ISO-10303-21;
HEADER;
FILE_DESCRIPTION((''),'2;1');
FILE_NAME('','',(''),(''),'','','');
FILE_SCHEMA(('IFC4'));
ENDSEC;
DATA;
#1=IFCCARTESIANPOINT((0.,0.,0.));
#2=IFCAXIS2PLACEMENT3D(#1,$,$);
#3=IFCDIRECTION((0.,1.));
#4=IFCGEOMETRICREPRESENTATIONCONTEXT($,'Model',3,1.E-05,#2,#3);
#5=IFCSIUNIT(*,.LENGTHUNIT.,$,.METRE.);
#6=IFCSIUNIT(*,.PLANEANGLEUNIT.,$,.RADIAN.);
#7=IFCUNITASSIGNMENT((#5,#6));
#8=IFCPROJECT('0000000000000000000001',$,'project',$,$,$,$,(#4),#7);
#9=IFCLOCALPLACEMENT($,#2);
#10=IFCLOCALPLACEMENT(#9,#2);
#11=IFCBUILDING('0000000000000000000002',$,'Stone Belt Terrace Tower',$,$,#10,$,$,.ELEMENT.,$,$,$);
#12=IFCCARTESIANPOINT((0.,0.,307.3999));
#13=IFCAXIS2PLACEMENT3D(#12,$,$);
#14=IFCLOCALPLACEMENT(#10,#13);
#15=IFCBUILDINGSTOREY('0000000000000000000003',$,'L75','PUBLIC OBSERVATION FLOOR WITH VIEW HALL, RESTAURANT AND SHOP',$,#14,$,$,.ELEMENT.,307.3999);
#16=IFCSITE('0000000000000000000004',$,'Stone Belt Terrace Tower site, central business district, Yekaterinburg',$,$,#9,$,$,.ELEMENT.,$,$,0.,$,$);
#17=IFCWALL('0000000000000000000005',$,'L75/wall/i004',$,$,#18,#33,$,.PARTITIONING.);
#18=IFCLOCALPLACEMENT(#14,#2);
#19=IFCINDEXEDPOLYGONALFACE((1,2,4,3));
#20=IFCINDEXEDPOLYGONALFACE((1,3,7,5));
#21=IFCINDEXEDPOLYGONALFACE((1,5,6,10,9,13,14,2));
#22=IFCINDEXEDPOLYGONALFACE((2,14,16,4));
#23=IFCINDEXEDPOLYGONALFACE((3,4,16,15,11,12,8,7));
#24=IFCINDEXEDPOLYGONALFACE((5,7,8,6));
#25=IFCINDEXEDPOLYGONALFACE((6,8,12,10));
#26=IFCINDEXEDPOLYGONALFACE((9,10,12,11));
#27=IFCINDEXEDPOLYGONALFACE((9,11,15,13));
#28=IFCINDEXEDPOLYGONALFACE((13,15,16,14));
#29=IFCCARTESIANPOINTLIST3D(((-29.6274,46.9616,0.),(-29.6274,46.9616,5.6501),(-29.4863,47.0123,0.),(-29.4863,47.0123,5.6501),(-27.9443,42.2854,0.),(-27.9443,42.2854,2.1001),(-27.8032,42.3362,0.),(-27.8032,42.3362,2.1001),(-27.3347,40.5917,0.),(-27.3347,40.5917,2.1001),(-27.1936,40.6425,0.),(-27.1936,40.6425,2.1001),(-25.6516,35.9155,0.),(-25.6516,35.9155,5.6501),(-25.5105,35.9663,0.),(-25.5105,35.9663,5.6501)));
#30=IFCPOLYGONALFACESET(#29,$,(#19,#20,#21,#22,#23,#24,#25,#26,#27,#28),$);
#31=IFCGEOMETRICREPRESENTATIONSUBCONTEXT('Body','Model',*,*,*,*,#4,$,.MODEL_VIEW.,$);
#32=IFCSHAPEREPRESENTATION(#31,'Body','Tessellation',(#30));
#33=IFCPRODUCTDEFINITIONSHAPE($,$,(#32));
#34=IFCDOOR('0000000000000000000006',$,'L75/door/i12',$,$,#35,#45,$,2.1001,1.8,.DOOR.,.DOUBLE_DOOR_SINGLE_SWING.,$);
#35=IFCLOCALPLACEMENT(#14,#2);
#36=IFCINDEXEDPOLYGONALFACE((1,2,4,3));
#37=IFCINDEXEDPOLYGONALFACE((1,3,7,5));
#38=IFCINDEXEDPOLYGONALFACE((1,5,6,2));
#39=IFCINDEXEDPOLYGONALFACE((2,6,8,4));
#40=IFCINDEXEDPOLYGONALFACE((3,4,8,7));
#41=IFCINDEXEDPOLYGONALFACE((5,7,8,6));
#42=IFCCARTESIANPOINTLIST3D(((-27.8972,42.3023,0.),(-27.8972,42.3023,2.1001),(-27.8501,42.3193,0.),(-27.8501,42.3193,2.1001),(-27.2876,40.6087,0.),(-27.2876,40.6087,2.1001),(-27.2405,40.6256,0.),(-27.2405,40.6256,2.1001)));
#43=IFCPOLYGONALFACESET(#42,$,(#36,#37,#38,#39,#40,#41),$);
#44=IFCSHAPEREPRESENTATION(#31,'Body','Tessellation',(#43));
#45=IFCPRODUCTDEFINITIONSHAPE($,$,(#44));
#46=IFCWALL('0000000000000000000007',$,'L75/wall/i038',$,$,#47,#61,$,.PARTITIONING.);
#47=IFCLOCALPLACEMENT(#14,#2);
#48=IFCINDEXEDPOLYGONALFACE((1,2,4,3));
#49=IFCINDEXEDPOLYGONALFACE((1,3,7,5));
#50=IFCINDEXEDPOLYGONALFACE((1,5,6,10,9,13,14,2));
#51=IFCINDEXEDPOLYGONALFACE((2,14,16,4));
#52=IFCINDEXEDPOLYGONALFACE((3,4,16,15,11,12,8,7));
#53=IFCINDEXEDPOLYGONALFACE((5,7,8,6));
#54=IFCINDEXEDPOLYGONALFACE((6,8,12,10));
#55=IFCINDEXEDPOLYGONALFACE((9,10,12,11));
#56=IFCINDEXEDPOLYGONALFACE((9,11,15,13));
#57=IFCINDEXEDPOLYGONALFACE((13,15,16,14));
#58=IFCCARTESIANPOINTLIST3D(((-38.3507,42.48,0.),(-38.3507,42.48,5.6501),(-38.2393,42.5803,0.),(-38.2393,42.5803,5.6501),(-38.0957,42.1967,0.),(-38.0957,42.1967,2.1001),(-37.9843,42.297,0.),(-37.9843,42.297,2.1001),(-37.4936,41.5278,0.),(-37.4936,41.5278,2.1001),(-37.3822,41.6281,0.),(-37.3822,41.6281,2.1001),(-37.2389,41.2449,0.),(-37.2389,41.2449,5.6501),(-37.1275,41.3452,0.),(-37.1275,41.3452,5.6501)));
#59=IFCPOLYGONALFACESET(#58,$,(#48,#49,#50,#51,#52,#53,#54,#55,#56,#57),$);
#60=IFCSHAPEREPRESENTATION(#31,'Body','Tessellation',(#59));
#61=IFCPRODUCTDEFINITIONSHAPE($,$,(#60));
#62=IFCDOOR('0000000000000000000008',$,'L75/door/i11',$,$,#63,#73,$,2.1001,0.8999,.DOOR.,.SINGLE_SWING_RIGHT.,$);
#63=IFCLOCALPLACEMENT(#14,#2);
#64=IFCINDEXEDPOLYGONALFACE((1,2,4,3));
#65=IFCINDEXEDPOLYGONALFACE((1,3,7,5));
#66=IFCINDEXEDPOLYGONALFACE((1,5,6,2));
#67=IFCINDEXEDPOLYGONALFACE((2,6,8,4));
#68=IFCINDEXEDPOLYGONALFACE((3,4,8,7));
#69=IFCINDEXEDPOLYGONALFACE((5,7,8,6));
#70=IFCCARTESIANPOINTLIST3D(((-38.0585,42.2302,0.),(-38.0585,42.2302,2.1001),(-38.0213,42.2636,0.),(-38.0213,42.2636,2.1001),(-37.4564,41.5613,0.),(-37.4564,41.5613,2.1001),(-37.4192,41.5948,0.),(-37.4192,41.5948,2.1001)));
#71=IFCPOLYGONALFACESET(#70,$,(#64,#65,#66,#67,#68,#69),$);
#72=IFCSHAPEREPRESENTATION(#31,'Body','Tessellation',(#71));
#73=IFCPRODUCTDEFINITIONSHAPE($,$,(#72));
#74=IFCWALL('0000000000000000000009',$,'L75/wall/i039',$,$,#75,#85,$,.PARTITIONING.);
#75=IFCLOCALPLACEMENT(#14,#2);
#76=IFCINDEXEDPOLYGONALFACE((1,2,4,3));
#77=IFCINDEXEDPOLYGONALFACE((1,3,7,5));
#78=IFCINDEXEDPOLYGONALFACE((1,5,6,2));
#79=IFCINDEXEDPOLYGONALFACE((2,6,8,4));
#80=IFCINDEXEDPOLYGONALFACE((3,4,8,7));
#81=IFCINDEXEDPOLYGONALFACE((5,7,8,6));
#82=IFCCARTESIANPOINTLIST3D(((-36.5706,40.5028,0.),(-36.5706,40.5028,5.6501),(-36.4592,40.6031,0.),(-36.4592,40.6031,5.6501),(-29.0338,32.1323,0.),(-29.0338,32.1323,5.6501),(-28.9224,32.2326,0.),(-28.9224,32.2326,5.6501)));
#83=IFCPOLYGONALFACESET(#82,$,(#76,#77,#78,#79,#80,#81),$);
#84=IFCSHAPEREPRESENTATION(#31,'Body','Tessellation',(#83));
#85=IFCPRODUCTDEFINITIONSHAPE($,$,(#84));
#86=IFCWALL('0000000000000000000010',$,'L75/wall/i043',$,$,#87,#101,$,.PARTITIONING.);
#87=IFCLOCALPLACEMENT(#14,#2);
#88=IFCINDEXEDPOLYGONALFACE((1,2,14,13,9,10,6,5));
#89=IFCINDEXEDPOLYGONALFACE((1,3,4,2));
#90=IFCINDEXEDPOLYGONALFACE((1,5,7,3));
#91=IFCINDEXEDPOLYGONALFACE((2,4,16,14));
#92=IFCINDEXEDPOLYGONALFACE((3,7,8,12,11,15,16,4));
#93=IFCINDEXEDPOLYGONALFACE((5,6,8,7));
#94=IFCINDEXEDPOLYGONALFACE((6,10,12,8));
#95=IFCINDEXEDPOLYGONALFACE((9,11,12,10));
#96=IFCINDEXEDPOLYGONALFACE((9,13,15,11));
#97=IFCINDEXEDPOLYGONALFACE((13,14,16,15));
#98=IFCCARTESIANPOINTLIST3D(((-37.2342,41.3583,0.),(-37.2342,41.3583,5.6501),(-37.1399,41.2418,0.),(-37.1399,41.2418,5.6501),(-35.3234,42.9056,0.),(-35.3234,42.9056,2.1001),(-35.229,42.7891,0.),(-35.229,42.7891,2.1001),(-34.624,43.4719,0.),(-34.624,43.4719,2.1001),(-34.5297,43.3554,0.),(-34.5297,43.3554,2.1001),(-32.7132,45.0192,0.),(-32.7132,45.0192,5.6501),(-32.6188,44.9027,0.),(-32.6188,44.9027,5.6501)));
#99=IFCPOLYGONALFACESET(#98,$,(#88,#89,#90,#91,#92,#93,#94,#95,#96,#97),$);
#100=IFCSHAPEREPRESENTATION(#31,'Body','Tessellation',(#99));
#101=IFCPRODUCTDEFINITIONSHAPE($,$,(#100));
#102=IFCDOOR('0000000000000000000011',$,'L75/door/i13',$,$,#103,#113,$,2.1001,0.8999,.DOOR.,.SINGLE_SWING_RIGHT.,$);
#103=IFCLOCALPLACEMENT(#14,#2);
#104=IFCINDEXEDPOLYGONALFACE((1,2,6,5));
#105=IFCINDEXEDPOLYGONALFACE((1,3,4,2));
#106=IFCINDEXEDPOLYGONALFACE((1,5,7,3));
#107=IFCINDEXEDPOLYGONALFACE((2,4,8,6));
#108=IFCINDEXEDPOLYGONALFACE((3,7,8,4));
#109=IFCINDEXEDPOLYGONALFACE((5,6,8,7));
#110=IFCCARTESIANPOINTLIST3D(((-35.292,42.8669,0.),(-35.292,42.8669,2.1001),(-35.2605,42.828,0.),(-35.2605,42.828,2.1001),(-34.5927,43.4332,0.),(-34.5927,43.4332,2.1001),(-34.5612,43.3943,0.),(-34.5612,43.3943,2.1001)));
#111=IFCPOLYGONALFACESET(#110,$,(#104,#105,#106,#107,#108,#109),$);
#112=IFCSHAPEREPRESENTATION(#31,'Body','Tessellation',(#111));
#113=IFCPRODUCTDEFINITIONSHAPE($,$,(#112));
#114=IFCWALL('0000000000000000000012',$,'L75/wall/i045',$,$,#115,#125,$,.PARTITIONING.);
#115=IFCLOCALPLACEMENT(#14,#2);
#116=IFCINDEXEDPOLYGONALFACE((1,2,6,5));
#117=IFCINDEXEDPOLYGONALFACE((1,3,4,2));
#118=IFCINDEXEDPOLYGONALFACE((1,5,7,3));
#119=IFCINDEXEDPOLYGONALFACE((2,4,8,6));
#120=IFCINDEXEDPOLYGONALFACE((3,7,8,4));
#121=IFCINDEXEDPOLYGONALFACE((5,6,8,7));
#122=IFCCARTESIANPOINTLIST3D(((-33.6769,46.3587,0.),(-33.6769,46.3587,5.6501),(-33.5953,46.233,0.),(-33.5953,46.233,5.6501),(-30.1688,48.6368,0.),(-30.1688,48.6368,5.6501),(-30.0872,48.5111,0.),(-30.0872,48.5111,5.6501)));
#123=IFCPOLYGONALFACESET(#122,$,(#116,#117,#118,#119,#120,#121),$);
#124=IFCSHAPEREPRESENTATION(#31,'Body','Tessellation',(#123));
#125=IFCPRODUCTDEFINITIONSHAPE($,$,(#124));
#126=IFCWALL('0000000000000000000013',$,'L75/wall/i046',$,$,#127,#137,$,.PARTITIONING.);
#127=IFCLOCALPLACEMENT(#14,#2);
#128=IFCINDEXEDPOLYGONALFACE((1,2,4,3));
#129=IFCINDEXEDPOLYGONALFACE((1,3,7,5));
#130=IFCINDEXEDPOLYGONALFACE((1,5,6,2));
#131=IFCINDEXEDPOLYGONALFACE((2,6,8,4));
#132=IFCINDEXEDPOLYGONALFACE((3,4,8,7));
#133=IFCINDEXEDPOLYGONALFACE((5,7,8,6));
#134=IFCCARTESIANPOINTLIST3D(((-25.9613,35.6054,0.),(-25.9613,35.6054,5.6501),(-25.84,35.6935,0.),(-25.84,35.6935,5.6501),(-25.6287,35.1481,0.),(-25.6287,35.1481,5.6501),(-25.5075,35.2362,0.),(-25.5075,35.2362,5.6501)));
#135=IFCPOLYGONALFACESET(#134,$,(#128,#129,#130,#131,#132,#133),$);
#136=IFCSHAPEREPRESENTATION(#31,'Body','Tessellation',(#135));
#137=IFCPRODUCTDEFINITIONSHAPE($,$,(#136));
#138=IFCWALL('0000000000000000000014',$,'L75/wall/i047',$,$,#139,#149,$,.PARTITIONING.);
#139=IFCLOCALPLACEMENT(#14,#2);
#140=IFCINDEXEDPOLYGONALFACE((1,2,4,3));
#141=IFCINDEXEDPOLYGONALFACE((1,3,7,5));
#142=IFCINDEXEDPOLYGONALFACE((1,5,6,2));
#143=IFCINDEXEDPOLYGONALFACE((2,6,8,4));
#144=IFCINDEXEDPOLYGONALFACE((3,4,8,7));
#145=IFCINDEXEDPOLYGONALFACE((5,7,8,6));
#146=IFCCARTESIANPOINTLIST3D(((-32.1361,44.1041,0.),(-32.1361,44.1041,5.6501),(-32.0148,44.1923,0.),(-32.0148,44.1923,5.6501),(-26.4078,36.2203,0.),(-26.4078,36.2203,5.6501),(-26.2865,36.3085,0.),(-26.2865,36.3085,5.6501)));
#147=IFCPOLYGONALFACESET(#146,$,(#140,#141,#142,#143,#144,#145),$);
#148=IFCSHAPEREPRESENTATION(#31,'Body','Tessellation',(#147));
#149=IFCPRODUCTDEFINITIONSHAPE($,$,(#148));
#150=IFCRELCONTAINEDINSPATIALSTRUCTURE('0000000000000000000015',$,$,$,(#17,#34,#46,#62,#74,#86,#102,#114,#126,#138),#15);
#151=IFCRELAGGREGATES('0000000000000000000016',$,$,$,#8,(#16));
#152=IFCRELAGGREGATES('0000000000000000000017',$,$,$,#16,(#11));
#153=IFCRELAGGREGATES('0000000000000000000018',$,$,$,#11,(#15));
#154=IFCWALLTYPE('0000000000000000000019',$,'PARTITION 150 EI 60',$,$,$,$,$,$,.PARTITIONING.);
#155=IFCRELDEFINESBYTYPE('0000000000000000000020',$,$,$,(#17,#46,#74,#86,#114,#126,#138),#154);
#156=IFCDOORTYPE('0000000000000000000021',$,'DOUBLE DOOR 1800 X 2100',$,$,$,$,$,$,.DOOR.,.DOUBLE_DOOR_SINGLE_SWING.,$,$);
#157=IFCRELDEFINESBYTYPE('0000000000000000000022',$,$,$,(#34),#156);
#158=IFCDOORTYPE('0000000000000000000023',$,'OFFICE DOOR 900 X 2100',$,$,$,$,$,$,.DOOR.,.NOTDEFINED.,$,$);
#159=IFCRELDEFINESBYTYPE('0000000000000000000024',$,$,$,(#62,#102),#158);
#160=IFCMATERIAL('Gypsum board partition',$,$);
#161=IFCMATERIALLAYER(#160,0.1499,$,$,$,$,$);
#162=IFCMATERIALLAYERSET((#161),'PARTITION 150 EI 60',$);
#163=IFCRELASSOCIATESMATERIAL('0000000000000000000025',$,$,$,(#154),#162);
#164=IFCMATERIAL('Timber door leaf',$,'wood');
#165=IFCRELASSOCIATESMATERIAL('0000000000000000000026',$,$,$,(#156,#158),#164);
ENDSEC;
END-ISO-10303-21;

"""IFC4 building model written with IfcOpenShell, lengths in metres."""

from ifc_helpers import new_model, si_unit, direction, frame, frame_2d, origin, place, context, subcontext, project, spatial, rectangle, extrude, material, layer, layer_set, type_object, element, fill, save


model = new_model("IFC4")

# Units and contexts
model_context = context("Model", 3, precision=1e-05, world=origin(), true_north=direction((0.0, 1.0)))
body_context = subcontext(model_context, "Body", "Model", "MODEL_VIEW")
ifc_project = project(units=[si_unit("LENGTHUNIT", "METRE"), si_unit("PLANEANGLEUNIT", "RADIAN")], contexts=[model_context])

# Site, building, storey
site_placement = place(None, origin())
site = spatial("IfcSite", under=ifc_project, at=site_placement, Name="Stone Belt Terrace Tower site, central business district, Yekaterinburg", CompositionType="ELEMENT", RefElevation=0.0)
building_placement = place(site_placement, origin())
building = spatial("IfcBuilding", under=site, at=building_placement, Name="Stone Belt Terrace Tower", CompositionType="ELEMENT")
storey_placement = place(building_placement, frame((0.0, 0.0, 307.3999)))
storey = spatial("IfcBuildingStorey", under=building, at=storey_placement, Name="L75", Description="PUBLIC OBSERVATION FLOOR WITH VIEW HALL, RESTAURANT AND SHOP", CompositionType="ELEMENT", Elevation=307.3999)

# Shared definitions
ifc_material_1 = material(Name="Timber door leaf", Category="wood")

# Walls, openings, doors
ifc_material_2 = material(Name="Gypsum board partition")
ifc_layer_1 = layer(ifc_material_2, 0.1499)
ifc_layer_set_1 = layer_set([ifc_layer_1], Name="PARTITION 150 EI 60")
wall_type_1 = type_object("IfcWallType", Name="PARTITION 150 EI 60", PredefinedType="PARTITIONING", material=ifc_layer_set_1)
wall_1_placement = place(storey_placement, frame((-25.5811, 35.9409, 0.0), z_axis=(0.0, 0.0, 1.0), x_axis=(-0.338661, 0.940909, 0.0)))
wall_1 = element("IfcWall", 1, at=wall_1_placement, inside=storey, type_object=wall_type_1, Name="L75/wall/i004", PredefinedType="PARTITIONING", context=body_context, shape_type="SweptSolid", body=[
    extrude(rectangle(XDim=11.7397, YDim=0.1499, at=frame_2d((5.8699, 0.0))), origin(), (0.0, 0.0, 1.0), 5.6501),
])
opening_1_placement = place(wall_1_placement, frame((4.97, 0.0, 0.0)))
opening_1 = element("IfcOpeningElement", 2, at=opening_1_placement, cuts=wall_1, PredefinedType="OPENING", context=body_context, shape_type="SweptSolid", body=[
    extrude(rectangle(XDim=1.8, YDim=2.1001, at=frame_2d((0.8999, 1.05))), frame((0.0, 0.085, 0.0), z_axis=(0.0, -1.0, 0.0), x_axis=(1.0, 0.0, 0.0)), (0.0, 0.0, 1.0), 0.1699),
])
door_type_1 = type_object("IfcDoorType", Name="DOUBLE DOOR 1800 X 2100", OperationType="DOUBLE_DOOR_SINGLE_SWING", PredefinedType="DOOR", material=ifc_material_1)
door_1_placement = place(opening_1_placement, origin())
door_1 = element("IfcDoor", 3, at=door_1_placement, inside=storey, type_object=door_type_1, Name="L75/door/i12", OperationType="DOUBLE_DOOR_SINGLE_SWING", OverallHeight=2.1001, OverallWidth=1.8, PredefinedType="DOOR", context=body_context, shape_type="SweptSolid", body=[
    extrude(rectangle(XDim=1.8, YDim=2.1001, at=frame_2d((0.8999, 1.05))), frame((0.0, 0.0249, 0.0), z_axis=(0.0, -1.0, 0.0), x_axis=(1.0, 0.0, 0.0)), (0.0, 0.0, 1.0), 0.05),
])
fill(opening_1, door_1)
wall_2_placement = place(storey_placement, frame((-37.1831, 41.2949, 0.0), z_axis=(0.0, 0.0, 1.0), x_axis=(-0.669038, 0.743228, 0.0)))
wall_2 = element("IfcWall", 4, at=wall_2_placement, inside=storey, type_object=wall_type_1, Name="L75/wall/i038", PredefinedType="PARTITIONING", context=body_context, shape_type="SweptSolid", body=[
    extrude(rectangle(XDim=1.6619, YDim=0.1499, at=frame_2d((0.8311, 0.0))), origin(), (0.0, 0.0, 1.0), 5.6501),
])
opening_2_placement = place(wall_2_placement, frame((0.3809, 0.0, 0.0)))
opening_2 = element("IfcOpeningElement", 5, at=opening_2_placement, cuts=wall_2, PredefinedType="OPENING", context=body_context, shape_type="SweptSolid", body=[
    extrude(rectangle(XDim=0.8999, YDim=2.1001, at=frame_2d((0.45, 1.05))), frame((0.0, 0.085, 0.0), z_axis=(0.0, -1.0, 0.0), x_axis=(1.0, 0.0, 0.0)), (0.0, 0.0, 1.0), 0.1699),
])
door_type_2 = type_object("IfcDoorType", Name="OFFICE DOOR 900 X 2100", OperationType="NOTDEFINED", PredefinedType="DOOR", material=ifc_material_1)
door_2_placement = place(opening_2_placement, origin())
door_2 = element("IfcDoor", 6, at=door_2_placement, inside=storey, type_object=door_type_2, Name="L75/door/i11", OperationType="SINGLE_SWING_RIGHT", OverallHeight=2.1001, OverallWidth=0.8999, PredefinedType="DOOR", context=body_context, shape_type="SweptSolid", body=[
    extrude(rectangle(XDim=0.8999, YDim=2.1001, at=frame_2d((0.45, 1.05))), frame((0.0, 0.0249, 0.0), z_axis=(0.0, -1.0, 0.0), x_axis=(1.0, 0.0, 0.0)), (0.0, 0.0, 1.0), 0.05),
])
fill(opening_2, door_2)

# Wall
wall_3_placement = place(storey_placement, frame((-36.5149, 40.553, 0.0), z_axis=(0.0, 0.0, 1.0), x_axis=(0.669128, -0.743148, 0.0)))
element("IfcWall", 7, at=wall_3_placement, inside=storey, type_object=wall_type_1, Name="L75/wall/i039", PredefinedType="PARTITIONING", context=body_context, shape_type="SweptSolid", body=[
    extrude(rectangle(XDim=11.2637, YDim=0.1499, at=frame_2d((5.6318, 0.0))), origin(), (0.0, 0.0, 1.0), 5.6501),
])

# Wall, opening, door
wall_4_placement = place(storey_placement, frame((-32.666, 44.9609, 0.0), z_axis=(0.0, 0.0, 1.0), x_axis=(-0.777158, -0.629306, 0.0)))
wall_4 = element("IfcWall", 8, at=wall_4_placement, inside=storey, type_object=wall_type_1, Name="L75/wall/i043", PredefinedType="PARTITIONING", context=body_context, shape_type="SweptSolid", body=[
    extrude(rectangle(XDim=5.8174, YDim=0.1499, at=frame_2d((2.9087, 0.0))), origin(), (0.0, 0.0, 1.0), 5.6501),
])
opening_3_placement = place(wall_4_placement, frame((2.4587, 0.0, 0.0)))
opening_3 = element("IfcOpeningElement", 9, at=opening_3_placement, cuts=wall_4, PredefinedType="OPENING", context=body_context, shape_type="SweptSolid", body=[
    extrude(rectangle(XDim=0.8999, YDim=2.1001, at=frame_2d((0.45, 1.05))), frame((0.0, 0.085, 0.0), z_axis=(0.0, -1.0, 0.0), x_axis=(1.0, 0.0, 0.0)), (0.0, 0.0, 1.0), 0.1699),
])
door_3_placement = place(opening_3_placement, origin())
door_3 = element("IfcDoor", 10, at=door_3_placement, inside=storey, type_object=door_type_2, Name="L75/door/i13", OperationType="SINGLE_SWING_RIGHT", OverallHeight=2.1001, OverallWidth=0.8999, PredefinedType="DOOR", context=body_context, shape_type="SweptSolid", body=[
    extrude(rectangle(XDim=0.8999, YDim=2.1001, at=frame_2d((0.45, 1.05))), frame((0.0, 0.0249, 0.0), z_axis=(0.0, -1.0, 0.0), x_axis=(1.0, 0.0, 0.0)), (0.0, 0.0, 1.0), 0.05),
])
fill(opening_3, door_3)

# Walls
wall_5_placement = place(storey_placement, frame((-33.636, 46.2959, 0.0), z_axis=(0.0, 0.0, 1.0), x_axis=(0.83868, 0.544625, 0.0)))
element("IfcWall", 11, at=wall_5_placement, inside=storey, type_object=wall_type_1, Name="L75/wall/i045", PredefinedType="PARTITIONING", context=body_context, shape_type="SweptSolid", body=[
    extrude(rectangle(XDim=4.1829, YDim=0.1499, at=frame_2d((2.0913, 0.0))), origin(), (0.0, 0.0, 1.0), 5.6501),
])
wall_6_placement = place(storey_placement, frame((-25.5681, 35.1921, 0.0), z_axis=(0.0, 0.0, 1.0), x_axis=(-0.58812, 0.808773, 0.0)))
element("IfcWall", 12, at=wall_6_placement, inside=storey, type_object=wall_type_1, Name="L75/wall/i046", PredefinedType="PARTITIONING", context=body_context, shape_type="SweptSolid", body=[
    extrude(rectangle(XDim=0.5654, YDim=0.1499, at=frame_2d((0.2827, 0.0))), origin(), (0.0, 0.0, 1.0), 5.6501),
])
wall_7_placement = place(storey_placement, frame((-26.3472, 36.2644, 0.0), z_axis=(0.0, 0.0, 1.0), x_axis=(-0.58781, 0.808999, 0.0)))
element("IfcWall", 13, at=wall_7_placement, inside=storey, type_object=wall_type_1, Name="L75/wall/i047", PredefinedType="PARTITIONING", context=body_context, shape_type="SweptSolid", body=[
    extrude(rectangle(XDim=9.7451, YDim=0.1499, at=frame_2d((4.8726, 0.0))), origin(), (0.0, 0.0, 1.0), 5.6501),
])

save(model, "model.ifc")
